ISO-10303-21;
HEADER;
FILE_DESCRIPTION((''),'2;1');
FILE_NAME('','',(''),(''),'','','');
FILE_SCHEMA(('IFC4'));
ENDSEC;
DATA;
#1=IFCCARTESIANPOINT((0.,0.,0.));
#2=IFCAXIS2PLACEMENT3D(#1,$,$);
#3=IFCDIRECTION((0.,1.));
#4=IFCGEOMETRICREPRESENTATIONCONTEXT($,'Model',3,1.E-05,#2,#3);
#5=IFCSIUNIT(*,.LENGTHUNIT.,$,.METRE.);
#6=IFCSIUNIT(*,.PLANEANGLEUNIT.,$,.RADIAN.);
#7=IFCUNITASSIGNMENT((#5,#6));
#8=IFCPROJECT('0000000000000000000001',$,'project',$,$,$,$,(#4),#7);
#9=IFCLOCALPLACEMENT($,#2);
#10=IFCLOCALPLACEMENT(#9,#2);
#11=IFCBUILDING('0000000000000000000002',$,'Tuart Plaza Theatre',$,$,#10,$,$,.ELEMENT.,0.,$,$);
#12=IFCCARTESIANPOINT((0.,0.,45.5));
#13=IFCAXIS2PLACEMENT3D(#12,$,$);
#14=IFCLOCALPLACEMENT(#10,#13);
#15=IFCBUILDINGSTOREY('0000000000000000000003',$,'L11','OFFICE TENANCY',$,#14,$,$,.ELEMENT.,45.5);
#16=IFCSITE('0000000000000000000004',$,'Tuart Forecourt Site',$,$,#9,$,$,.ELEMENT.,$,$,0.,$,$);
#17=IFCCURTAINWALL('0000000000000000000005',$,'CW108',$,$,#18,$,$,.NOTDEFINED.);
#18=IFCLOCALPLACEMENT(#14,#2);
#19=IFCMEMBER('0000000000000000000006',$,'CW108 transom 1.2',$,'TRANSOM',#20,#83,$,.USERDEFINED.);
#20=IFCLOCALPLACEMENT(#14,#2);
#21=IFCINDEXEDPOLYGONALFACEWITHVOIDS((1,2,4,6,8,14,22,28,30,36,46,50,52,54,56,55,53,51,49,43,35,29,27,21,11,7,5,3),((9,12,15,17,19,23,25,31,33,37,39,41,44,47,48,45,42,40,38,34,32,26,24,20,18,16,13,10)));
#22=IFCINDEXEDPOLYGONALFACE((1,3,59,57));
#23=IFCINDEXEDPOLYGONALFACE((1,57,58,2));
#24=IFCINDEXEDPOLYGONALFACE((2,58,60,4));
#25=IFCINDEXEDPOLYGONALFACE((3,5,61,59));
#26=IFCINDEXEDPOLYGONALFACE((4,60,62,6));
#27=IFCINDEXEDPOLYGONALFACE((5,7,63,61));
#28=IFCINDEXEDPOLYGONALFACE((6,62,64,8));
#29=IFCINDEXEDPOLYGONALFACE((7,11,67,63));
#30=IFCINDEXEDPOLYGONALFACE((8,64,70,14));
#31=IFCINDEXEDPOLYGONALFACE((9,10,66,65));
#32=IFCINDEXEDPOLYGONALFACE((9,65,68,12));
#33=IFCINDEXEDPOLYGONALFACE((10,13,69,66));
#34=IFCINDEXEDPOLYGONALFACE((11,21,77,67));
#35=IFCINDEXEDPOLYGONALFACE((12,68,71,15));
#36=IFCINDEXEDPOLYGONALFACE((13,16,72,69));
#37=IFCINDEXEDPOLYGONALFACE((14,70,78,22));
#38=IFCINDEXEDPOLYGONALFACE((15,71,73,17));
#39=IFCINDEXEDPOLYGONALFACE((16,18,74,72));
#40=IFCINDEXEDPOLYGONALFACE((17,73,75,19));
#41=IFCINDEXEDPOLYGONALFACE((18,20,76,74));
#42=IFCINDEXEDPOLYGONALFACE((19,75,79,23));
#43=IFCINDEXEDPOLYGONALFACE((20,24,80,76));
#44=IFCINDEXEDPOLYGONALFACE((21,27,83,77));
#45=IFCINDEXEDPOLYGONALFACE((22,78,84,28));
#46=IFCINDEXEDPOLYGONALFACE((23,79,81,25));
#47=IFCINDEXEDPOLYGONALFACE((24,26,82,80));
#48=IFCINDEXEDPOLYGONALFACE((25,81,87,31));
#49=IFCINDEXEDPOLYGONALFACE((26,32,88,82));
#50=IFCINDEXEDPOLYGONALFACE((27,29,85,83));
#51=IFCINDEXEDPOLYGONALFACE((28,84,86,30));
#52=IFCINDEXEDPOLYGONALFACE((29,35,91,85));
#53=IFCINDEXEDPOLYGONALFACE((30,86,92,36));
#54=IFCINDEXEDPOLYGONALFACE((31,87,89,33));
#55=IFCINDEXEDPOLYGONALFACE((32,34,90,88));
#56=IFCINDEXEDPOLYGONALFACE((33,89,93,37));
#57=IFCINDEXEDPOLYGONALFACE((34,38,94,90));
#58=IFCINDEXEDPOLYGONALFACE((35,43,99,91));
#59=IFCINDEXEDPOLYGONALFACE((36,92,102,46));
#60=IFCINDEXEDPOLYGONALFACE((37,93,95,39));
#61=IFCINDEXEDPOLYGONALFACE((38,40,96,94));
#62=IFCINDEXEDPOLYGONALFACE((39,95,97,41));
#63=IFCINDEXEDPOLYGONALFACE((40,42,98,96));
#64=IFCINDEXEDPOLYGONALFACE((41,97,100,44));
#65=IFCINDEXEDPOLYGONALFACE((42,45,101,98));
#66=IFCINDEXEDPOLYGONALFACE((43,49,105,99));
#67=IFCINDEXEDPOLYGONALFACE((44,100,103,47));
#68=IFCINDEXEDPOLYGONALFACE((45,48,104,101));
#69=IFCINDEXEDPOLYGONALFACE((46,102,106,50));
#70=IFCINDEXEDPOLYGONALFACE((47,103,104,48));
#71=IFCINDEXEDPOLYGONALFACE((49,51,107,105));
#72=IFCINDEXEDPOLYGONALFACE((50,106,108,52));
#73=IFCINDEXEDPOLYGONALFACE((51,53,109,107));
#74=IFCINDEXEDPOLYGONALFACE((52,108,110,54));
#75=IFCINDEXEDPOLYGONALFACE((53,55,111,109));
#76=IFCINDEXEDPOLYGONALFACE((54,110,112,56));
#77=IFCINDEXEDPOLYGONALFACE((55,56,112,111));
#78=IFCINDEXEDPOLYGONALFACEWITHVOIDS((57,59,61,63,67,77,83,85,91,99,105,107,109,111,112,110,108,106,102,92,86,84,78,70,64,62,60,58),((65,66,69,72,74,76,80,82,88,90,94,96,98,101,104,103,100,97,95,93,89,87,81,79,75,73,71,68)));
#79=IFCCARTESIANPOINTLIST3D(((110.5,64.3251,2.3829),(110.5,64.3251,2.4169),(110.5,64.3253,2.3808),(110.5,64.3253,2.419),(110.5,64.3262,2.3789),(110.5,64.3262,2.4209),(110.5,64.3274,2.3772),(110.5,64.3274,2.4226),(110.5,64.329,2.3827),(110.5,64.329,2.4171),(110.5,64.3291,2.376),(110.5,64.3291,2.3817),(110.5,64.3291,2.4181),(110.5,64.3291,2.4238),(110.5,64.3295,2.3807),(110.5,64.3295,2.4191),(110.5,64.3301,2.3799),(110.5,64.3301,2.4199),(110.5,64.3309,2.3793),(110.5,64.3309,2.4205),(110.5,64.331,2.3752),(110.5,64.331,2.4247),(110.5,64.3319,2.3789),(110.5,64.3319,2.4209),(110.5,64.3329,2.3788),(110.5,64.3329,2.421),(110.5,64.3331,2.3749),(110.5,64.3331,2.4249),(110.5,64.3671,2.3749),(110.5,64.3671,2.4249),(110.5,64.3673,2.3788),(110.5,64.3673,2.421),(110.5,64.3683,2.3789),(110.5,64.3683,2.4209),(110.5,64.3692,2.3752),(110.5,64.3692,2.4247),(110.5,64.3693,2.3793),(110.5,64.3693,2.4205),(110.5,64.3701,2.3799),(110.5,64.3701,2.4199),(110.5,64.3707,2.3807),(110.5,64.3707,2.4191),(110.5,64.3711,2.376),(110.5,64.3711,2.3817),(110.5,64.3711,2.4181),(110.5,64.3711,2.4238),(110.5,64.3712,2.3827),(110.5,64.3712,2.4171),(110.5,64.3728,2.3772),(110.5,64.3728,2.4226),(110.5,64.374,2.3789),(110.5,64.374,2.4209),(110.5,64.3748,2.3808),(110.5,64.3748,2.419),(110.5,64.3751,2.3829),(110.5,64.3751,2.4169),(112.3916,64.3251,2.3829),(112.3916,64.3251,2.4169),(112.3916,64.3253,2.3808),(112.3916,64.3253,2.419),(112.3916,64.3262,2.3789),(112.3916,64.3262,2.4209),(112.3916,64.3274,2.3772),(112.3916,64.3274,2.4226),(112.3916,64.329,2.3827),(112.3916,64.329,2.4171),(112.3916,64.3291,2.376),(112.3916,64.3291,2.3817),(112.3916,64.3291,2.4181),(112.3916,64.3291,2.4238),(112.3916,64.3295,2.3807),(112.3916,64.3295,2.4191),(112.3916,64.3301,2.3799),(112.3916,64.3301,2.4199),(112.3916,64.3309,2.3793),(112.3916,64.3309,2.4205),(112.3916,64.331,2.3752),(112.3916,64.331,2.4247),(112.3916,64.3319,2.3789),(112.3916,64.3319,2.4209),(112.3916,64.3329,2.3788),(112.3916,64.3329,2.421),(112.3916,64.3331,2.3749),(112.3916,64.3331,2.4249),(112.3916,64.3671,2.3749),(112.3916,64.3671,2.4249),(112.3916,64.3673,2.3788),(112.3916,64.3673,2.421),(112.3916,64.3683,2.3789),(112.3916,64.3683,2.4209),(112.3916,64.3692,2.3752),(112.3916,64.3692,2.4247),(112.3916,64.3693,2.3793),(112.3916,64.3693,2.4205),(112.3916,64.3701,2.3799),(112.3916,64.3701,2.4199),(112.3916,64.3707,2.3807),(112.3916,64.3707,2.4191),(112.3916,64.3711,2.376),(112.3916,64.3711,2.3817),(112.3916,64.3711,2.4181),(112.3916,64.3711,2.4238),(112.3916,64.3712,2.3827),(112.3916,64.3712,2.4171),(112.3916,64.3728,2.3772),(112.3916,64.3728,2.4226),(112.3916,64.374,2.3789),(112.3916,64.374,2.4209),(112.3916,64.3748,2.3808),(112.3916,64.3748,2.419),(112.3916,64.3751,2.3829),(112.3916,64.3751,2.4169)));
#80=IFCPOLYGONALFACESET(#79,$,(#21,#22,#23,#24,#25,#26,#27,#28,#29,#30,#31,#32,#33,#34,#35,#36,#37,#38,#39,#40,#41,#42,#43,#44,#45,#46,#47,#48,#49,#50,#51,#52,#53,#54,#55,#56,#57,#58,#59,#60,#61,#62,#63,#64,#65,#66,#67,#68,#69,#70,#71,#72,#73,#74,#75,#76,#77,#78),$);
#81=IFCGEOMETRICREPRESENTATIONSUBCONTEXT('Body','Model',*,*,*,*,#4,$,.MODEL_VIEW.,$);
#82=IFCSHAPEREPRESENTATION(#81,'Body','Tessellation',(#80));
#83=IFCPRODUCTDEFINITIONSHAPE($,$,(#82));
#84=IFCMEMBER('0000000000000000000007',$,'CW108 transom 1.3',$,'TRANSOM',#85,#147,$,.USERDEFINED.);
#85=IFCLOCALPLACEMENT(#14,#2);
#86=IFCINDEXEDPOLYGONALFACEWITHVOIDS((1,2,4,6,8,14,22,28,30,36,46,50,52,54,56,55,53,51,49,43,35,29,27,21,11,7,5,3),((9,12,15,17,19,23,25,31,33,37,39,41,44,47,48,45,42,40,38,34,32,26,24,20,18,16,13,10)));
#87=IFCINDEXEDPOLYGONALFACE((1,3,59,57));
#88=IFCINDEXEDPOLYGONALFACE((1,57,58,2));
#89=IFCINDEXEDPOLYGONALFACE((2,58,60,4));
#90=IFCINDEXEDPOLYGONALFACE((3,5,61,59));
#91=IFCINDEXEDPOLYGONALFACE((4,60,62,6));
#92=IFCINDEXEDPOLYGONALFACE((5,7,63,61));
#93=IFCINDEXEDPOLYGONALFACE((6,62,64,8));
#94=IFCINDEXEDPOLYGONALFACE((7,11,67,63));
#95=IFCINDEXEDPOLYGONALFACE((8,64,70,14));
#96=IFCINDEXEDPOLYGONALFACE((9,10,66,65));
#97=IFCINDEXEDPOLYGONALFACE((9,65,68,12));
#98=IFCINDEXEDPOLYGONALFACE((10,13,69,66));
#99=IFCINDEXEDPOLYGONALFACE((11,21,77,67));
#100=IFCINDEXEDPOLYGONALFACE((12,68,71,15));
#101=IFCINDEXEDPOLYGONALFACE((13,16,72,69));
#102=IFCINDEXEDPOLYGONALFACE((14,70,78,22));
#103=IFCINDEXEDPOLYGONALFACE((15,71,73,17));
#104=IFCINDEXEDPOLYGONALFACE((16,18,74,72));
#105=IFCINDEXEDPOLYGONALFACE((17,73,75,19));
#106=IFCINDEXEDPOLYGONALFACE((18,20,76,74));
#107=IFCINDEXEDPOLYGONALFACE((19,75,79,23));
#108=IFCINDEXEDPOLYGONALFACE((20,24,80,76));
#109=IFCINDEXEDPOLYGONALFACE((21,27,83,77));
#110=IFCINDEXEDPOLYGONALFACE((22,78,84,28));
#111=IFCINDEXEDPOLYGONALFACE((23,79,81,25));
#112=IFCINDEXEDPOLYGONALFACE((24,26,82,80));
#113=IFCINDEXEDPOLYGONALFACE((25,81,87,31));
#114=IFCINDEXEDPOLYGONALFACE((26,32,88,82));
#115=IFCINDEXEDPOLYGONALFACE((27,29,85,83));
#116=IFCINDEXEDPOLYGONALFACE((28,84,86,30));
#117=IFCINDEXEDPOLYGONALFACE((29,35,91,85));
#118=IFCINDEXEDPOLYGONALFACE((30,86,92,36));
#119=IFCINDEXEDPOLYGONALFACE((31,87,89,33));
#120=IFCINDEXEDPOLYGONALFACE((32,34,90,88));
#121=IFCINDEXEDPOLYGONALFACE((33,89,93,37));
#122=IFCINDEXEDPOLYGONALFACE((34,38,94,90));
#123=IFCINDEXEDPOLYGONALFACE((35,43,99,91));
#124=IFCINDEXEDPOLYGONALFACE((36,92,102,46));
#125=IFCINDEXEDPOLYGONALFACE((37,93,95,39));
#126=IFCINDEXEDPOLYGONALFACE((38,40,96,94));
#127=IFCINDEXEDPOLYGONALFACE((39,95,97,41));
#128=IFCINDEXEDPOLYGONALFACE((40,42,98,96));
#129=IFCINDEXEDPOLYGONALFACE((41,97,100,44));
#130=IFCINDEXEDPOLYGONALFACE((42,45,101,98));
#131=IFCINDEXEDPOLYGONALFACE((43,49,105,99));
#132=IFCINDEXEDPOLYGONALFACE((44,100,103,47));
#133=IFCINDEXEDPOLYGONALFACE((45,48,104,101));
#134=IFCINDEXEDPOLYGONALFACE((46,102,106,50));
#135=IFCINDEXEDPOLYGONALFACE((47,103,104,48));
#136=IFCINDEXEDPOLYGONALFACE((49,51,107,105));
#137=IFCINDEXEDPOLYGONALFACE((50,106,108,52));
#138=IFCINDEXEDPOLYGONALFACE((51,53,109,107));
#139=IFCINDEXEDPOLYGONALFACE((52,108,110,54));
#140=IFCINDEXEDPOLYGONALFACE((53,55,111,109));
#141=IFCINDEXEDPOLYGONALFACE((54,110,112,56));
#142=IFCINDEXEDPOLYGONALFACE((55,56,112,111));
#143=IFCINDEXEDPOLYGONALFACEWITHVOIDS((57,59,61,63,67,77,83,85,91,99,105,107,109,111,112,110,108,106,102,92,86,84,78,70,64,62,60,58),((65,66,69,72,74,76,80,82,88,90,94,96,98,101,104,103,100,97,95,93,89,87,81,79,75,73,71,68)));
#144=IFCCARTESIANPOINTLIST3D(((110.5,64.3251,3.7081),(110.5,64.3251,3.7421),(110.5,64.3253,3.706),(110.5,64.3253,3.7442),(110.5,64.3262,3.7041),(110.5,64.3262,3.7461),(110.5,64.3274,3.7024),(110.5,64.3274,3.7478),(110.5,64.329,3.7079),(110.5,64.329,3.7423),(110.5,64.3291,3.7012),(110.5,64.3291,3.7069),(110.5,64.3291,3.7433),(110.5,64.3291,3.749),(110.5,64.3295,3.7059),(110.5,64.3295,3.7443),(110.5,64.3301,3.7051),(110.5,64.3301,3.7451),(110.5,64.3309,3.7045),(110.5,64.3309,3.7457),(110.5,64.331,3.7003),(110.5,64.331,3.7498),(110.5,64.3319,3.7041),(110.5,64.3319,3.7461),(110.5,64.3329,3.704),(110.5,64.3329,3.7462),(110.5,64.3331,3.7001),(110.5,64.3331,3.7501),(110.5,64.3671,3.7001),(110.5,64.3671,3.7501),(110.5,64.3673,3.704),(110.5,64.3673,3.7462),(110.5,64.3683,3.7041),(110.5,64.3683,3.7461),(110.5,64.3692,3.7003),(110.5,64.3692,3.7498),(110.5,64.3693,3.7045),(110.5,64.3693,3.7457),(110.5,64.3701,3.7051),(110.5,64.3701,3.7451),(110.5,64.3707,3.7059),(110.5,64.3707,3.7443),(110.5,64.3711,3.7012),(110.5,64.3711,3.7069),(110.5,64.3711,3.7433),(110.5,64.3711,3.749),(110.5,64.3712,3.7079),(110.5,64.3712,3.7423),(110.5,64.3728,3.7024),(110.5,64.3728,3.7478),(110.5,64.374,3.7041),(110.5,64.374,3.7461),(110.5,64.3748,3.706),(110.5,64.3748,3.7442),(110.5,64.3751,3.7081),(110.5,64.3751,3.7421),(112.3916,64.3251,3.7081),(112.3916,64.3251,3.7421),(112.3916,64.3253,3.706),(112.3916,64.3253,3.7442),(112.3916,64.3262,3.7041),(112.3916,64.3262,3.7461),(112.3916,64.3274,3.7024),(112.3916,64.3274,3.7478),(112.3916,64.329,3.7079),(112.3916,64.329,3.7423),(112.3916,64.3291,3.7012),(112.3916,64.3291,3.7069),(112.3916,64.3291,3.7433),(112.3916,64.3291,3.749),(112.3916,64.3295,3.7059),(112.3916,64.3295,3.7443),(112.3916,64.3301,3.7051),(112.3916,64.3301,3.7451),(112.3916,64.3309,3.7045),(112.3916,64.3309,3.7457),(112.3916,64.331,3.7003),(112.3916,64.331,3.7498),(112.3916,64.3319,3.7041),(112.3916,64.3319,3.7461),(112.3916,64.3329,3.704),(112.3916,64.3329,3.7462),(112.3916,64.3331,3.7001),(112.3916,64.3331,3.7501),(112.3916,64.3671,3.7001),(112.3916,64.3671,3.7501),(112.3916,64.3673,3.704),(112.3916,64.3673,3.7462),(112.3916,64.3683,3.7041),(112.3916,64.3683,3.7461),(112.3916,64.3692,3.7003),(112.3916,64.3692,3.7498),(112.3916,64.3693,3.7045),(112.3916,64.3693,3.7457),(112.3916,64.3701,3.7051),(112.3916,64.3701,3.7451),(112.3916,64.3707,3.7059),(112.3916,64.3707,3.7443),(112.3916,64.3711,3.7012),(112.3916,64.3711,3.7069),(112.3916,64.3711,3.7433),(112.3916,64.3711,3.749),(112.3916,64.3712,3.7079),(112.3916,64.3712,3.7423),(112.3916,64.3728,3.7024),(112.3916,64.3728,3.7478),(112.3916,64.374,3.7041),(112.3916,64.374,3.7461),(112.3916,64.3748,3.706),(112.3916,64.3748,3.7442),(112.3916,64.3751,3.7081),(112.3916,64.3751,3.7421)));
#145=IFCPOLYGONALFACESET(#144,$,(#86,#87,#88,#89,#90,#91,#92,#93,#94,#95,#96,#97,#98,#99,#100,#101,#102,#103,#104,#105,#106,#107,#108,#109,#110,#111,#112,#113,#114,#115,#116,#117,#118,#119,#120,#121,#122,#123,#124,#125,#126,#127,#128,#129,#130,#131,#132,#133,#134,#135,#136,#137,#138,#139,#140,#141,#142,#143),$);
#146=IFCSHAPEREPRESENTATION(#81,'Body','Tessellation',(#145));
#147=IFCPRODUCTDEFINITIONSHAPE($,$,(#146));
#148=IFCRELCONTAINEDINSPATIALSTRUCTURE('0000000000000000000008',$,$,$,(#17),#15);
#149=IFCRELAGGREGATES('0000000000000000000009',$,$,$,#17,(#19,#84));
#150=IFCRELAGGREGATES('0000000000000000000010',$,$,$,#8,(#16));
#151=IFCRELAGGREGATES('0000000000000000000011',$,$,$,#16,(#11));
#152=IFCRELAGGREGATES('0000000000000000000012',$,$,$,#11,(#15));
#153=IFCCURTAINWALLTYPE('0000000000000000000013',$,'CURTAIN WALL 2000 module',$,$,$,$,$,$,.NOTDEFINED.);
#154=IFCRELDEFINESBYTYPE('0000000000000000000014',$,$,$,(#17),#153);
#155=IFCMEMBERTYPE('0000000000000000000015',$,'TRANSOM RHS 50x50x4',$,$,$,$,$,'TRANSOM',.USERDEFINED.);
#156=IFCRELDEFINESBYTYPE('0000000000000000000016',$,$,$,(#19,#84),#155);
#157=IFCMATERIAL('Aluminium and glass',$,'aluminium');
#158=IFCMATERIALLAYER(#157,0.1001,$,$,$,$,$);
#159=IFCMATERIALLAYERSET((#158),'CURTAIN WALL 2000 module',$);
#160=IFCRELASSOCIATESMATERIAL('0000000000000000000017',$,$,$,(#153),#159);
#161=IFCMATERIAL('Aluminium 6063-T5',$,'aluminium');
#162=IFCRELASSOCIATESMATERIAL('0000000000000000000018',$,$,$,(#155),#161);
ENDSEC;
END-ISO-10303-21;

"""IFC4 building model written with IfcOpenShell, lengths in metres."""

from ifc_helpers import new_model, si_unit, direction, frame, origin, origin_2d, place, context, subcontext, project, spatial, hollow_rectangle, extrude, material, layer, layer_set, material_profile, profile_set, type_object, element, aggregate, save


model = new_model("IFC4")

# Units and contexts
model_context = context("Model", 3, precision=1e-05, world=origin(), true_north=direction((0.0, 1.0)))
body_context = subcontext(model_context, "Body", "Model", "MODEL_VIEW")
ifc_project = project(units=[si_unit("LENGTHUNIT", "METRE"), si_unit("PLANEANGLEUNIT", "RADIAN")], contexts=[model_context])

# Site, building, storey
site_placement = place(None, origin())
site = spatial("IfcSite", under=ifc_project, at=site_placement, Name="Tuart Forecourt Site", CompositionType="ELEMENT", RefElevation=0.0)
building_placement = place(site_placement, origin())
building = spatial("IfcBuilding", under=site, at=building_placement, Name="Tuart Plaza Theatre", CompositionType="ELEMENT", ElevationOfRefHeight=0.0)
storey_placement = place(building_placement, frame((0.0, 0.0, 45.5)))
storey = spatial("IfcBuildingStorey", under=building, at=storey_placement, Name="L11", Description="OFFICE TENANCY", CompositionType="ELEMENT", Elevation=45.5)

# Curtain wall
ifc_material_1 = material(Name="Aluminium and glass", Category="aluminium")
ifc_layer_1 = layer(ifc_material_1, 0.1001)
ifc_layer_set_1 = layer_set([ifc_layer_1], Name="CURTAIN WALL 2000 module")
curtain_wall_type = type_object("IfcCurtainWallType", Name="CURTAIN WALL 2000 module", PredefinedType="NOTDEFINED", material=ifc_layer_set_1)
curtain_wall_1_placement = place(storey_placement, origin())
curtain_wall_1 = element("IfcCurtainWall", 1, at=curtain_wall_1_placement, inside=storey, type_object=curtain_wall_type, Name="CW108", PredefinedType="NOTDEFINED")
ifc_material_2 = material(Name="Aluminium 6063-T5", Category="aluminium")
ifc_material_profile_1 = material_profile(ifc_material_2, hollow_rectangle(XDim=0.05, YDim=0.05, WallThickness=0.0039, InnerFilletRadius=0.0039, OuterFilletRadius=0.0081, at=origin_2d()), Name="RHS 50x50x4")
ifc_profile_set_1 = profile_set([ifc_material_profile_1], Name="Aluminium 6063-T5")
member_type_1 = type_object("IfcMemberType", Name="TRANSOM RHS 50x50x4", ElementType="TRANSOM", PredefinedType="USERDEFINED", material=ifc_profile_set_1)

# Members
member_1_placement = place(storey_placement, frame((110.5, 64.3501, 2.3999), z_axis=(1.0, 0.0, 0.0), x_axis=(0.0, 1.0, 0.0)))
member_1 = element("IfcMember", 2, at=member_1_placement, type_object=member_type_1, Name="CW108 transom 1.2", ObjectType="TRANSOM", PredefinedType="USERDEFINED", context=body_context, shape_type="SweptSolid", body=[
    extrude(hollow_rectangle(XDim=0.05, YDim=0.05, WallThickness=0.0039, InnerFilletRadius=0.0039, OuterFilletRadius=0.0081, at=origin_2d()), origin(), (0.0, 0.0, 1.0), 1.8916),
])
member_2_placement = place(storey_placement, frame((110.5, 64.3501, 3.7251), z_axis=(1.0, 0.0, 0.0), x_axis=(0.0, 1.0, 0.0)))
member_2 = element("IfcMember", 3, at=member_2_placement, type_object=member_type_1, Name="CW108 transom 1.3", ObjectType="TRANSOM", PredefinedType="USERDEFINED", context=body_context, shape_type="SweptSolid", body=[
    extrude(hollow_rectangle(XDim=0.05, YDim=0.05, WallThickness=0.0039, InnerFilletRadius=0.0039, OuterFilletRadius=0.0081, at=origin_2d()), origin(), (0.0, 0.0, 1.0), 1.8916),
])

aggregate(curtain_wall_1, [member_1, member_2])

save(model, "model.ifc")
